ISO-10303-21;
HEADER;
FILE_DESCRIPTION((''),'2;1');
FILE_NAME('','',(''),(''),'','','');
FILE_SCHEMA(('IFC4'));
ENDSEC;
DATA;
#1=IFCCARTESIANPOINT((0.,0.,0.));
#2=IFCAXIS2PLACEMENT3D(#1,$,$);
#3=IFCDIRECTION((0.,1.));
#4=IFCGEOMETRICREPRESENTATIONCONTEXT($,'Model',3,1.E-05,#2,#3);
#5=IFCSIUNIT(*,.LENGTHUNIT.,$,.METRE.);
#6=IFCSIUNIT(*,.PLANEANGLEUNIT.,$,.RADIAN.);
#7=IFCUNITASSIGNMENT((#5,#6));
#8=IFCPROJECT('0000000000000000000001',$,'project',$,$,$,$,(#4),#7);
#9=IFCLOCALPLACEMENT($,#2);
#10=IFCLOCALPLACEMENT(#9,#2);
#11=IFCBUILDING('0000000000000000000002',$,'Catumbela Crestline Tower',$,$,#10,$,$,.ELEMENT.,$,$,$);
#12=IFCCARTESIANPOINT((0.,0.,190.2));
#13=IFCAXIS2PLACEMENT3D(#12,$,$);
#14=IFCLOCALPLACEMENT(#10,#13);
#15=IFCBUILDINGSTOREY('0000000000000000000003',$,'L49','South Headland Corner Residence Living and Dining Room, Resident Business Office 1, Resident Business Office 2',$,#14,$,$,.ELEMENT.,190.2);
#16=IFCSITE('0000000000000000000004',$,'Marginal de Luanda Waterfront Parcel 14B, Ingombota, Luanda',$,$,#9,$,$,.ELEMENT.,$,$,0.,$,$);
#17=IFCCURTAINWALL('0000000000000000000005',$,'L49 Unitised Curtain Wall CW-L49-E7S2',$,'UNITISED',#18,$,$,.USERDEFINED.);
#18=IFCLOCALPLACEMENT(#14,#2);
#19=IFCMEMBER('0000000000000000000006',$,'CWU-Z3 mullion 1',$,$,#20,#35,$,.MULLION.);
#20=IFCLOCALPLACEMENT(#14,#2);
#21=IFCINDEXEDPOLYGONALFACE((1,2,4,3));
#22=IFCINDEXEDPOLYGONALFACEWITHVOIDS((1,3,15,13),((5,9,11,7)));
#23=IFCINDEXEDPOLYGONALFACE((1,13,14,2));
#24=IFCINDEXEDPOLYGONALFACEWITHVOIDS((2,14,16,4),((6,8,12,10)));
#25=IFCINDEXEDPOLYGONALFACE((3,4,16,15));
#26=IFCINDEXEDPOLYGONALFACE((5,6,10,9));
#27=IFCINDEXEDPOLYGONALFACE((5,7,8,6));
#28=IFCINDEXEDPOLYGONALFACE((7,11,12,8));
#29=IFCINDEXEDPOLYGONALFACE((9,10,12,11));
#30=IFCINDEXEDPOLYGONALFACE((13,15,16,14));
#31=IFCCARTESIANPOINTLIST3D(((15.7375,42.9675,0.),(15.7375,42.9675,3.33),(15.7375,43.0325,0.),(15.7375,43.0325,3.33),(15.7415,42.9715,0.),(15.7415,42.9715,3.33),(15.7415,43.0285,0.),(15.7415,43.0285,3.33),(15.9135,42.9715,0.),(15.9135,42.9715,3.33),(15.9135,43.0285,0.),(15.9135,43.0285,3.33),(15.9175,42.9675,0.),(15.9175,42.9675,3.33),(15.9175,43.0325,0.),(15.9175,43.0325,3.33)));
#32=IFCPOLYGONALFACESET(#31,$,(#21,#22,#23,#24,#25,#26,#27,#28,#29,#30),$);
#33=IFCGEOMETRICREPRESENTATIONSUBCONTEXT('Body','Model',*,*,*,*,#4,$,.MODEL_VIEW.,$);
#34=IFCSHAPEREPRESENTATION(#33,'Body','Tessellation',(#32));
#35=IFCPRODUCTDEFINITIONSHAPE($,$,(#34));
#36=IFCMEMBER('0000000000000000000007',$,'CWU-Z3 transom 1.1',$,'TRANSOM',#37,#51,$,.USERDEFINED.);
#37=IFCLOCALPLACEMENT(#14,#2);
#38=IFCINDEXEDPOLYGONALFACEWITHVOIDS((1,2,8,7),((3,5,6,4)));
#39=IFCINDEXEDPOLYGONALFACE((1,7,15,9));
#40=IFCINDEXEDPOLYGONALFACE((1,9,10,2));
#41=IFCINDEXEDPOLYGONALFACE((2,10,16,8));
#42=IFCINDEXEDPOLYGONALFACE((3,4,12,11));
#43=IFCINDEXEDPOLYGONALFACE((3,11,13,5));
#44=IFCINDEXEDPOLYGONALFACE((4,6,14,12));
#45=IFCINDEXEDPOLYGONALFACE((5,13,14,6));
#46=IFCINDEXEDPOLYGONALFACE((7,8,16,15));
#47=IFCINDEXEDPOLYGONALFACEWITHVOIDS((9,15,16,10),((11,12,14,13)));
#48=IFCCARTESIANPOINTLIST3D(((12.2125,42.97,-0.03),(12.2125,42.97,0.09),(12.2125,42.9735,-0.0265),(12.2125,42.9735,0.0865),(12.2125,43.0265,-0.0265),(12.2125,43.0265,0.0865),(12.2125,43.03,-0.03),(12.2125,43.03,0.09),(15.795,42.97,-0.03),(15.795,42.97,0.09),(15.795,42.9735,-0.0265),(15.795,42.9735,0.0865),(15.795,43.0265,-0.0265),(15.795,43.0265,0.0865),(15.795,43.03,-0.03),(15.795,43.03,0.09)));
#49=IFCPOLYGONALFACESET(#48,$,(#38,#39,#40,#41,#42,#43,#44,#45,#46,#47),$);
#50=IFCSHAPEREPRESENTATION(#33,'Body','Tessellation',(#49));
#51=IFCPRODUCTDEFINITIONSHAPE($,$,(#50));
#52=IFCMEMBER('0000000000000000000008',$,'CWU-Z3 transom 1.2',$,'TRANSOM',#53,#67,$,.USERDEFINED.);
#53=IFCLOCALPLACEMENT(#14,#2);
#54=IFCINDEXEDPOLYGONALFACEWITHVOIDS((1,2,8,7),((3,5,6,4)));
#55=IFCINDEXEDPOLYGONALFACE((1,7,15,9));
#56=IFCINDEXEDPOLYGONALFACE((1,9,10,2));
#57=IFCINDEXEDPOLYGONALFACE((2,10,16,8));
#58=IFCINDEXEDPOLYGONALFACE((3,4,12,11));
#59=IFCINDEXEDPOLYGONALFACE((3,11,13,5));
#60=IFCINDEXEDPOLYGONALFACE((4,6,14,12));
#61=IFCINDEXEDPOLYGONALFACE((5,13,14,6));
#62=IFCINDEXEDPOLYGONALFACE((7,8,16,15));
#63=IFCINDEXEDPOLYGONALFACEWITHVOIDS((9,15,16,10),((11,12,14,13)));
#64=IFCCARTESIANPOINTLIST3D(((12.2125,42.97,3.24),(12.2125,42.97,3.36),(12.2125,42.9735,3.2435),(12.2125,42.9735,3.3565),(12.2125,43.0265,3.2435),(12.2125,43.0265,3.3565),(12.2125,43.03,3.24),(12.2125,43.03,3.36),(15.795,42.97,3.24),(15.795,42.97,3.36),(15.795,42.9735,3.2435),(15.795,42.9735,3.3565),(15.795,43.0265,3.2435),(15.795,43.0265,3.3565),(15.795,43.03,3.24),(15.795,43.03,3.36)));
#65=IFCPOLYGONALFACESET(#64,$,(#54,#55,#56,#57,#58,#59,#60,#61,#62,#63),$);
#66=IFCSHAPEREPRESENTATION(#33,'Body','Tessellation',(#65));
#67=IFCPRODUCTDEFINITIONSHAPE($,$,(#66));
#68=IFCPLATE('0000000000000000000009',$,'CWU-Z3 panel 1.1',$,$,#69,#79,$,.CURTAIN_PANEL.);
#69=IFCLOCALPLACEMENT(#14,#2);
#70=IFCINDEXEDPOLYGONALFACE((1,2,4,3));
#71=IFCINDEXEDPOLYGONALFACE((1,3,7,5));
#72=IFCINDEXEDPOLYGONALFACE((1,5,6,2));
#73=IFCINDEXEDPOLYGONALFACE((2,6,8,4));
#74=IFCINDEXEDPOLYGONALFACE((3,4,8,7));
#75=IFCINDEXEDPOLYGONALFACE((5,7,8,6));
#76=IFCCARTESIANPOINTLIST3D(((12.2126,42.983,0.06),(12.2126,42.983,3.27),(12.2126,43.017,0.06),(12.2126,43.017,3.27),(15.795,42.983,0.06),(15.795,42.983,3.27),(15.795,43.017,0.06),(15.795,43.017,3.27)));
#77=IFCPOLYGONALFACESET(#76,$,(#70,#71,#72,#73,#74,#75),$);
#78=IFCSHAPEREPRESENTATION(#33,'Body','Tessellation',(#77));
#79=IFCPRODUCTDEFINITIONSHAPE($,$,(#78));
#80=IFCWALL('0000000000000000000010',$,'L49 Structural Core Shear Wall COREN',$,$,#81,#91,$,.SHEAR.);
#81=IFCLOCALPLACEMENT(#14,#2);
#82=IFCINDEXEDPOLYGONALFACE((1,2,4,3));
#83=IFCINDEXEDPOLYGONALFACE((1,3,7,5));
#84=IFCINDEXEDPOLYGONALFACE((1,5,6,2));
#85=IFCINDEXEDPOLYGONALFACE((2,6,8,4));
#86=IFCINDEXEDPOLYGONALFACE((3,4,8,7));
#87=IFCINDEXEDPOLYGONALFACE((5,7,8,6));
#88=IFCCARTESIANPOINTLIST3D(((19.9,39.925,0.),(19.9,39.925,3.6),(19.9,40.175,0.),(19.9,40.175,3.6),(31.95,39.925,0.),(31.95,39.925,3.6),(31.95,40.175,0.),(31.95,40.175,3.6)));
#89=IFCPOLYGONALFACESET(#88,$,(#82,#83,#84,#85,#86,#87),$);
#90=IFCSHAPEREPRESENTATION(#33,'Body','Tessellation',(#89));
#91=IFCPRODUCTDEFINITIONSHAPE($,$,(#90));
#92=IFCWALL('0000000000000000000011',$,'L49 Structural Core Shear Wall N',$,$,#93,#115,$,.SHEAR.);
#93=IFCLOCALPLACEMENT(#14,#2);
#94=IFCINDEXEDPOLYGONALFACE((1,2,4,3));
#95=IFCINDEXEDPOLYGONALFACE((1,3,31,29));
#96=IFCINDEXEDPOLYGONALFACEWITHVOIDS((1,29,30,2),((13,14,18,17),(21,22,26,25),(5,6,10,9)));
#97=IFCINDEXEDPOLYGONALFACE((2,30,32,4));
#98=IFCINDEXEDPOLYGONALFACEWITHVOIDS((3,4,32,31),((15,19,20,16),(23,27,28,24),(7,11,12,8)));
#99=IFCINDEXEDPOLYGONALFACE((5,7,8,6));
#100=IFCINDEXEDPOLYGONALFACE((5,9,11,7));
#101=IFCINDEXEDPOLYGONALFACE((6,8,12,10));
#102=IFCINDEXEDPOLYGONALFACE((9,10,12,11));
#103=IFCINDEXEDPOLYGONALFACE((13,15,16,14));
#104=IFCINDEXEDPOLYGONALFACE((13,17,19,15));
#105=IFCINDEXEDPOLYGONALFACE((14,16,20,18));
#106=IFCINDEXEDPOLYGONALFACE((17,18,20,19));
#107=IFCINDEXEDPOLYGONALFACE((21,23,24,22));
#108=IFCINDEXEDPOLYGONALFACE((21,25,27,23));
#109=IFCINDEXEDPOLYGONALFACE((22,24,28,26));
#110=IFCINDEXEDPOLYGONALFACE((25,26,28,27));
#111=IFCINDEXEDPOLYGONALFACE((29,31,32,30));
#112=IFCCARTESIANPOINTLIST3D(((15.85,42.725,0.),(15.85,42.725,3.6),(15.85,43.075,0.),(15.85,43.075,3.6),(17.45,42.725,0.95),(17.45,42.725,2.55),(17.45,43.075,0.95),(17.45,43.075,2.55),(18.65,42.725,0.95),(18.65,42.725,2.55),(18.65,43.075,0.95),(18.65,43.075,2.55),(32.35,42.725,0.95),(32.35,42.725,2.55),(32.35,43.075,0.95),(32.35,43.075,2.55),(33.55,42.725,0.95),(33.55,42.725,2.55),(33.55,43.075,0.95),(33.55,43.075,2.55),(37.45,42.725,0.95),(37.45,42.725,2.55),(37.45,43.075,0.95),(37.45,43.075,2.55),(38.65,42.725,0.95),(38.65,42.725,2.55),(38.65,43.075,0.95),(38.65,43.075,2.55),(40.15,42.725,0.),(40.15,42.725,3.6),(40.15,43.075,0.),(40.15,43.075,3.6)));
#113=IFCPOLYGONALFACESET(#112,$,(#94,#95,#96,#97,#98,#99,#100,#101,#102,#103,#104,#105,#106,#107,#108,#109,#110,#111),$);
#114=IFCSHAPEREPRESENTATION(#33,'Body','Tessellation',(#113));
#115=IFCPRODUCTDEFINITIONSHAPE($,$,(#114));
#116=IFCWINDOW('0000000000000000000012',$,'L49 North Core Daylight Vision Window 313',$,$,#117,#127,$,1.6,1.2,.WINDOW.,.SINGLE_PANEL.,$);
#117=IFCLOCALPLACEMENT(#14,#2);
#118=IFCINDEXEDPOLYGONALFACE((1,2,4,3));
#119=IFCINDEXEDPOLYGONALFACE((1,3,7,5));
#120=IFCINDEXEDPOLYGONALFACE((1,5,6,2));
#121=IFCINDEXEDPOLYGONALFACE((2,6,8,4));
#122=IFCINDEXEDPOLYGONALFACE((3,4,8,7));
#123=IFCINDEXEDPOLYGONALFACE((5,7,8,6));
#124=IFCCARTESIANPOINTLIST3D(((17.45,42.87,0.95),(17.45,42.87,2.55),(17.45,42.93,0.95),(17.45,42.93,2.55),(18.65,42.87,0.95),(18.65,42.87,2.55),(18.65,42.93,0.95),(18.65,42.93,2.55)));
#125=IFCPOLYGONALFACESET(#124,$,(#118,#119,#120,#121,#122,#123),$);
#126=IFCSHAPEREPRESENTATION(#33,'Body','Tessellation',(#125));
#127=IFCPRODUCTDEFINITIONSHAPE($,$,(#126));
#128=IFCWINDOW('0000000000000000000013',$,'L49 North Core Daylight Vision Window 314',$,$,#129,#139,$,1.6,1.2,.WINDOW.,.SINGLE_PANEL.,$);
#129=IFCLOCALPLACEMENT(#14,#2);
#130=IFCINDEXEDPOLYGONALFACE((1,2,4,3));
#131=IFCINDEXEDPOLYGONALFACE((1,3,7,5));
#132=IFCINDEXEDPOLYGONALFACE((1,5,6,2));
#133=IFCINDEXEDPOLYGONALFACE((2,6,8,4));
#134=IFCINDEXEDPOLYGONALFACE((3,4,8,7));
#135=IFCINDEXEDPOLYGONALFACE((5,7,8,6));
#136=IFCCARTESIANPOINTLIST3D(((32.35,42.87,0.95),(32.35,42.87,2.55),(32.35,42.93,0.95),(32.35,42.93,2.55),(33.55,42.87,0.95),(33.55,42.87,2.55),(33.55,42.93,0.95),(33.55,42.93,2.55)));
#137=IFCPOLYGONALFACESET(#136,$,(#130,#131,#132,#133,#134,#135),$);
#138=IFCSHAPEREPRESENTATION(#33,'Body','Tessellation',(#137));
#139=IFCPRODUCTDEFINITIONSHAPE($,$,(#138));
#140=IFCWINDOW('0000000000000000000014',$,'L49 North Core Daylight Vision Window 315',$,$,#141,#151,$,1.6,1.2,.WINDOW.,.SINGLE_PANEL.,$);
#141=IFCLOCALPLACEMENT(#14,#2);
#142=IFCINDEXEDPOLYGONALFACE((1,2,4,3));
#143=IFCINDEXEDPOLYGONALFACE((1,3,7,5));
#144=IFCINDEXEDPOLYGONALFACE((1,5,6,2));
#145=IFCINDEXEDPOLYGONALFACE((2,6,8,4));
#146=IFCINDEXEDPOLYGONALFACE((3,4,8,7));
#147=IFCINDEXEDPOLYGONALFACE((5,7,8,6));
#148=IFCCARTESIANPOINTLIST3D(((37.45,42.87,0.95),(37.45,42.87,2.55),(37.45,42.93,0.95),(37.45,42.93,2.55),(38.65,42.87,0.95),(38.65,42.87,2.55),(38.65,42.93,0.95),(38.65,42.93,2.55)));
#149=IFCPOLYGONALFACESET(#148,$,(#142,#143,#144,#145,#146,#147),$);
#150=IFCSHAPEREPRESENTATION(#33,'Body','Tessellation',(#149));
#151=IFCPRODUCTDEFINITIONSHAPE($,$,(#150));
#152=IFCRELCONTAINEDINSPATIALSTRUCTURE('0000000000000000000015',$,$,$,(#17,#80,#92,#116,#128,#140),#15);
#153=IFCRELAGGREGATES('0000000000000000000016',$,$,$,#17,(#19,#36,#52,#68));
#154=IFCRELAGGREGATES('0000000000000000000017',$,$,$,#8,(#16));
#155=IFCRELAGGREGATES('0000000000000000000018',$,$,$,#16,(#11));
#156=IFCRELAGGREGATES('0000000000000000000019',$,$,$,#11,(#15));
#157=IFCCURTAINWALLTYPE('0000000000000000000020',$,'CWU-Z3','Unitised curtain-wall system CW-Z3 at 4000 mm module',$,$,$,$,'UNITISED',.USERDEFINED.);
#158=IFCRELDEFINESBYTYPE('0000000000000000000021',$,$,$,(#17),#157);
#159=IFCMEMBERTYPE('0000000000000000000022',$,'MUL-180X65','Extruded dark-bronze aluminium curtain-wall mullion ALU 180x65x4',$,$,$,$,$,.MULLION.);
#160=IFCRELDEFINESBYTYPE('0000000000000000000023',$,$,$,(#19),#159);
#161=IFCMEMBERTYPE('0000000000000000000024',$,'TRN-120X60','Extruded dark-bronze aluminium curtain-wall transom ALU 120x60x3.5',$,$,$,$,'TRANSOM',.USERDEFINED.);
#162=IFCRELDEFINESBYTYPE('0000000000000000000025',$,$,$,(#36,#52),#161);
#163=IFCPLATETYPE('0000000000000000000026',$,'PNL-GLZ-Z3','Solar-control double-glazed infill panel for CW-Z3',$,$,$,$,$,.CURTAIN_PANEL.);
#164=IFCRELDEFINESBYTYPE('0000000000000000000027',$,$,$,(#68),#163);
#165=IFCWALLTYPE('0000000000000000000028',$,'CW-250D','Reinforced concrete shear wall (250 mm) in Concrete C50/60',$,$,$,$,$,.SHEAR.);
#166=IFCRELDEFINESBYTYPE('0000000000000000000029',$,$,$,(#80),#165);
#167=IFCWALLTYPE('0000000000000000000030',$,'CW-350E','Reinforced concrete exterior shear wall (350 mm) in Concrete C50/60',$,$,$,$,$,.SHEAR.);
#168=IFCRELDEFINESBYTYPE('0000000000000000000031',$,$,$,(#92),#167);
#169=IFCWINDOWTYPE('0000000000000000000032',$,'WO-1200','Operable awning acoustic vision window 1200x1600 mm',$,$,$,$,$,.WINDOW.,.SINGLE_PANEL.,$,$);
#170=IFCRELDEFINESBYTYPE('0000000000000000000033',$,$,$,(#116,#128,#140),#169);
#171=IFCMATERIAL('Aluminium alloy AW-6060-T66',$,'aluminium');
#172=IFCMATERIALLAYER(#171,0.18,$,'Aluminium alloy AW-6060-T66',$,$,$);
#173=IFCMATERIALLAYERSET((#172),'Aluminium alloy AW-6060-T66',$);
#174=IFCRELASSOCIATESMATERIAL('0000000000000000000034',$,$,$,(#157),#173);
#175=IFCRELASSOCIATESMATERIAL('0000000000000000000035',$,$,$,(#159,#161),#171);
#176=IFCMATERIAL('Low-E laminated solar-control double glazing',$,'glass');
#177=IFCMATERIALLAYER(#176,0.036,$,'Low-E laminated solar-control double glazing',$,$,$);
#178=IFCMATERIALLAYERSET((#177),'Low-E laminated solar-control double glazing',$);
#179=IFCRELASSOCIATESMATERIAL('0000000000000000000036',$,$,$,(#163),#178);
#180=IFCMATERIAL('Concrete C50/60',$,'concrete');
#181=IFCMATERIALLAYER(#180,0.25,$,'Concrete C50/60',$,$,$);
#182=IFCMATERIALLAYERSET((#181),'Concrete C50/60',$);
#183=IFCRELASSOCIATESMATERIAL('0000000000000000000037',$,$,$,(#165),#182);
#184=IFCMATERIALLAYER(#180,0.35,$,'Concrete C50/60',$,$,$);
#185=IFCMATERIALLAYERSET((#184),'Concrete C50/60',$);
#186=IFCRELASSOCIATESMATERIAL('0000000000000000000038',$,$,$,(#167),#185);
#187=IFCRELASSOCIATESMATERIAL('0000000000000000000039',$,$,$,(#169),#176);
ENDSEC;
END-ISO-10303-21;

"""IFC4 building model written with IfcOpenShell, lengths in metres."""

from ifc_helpers import new_model, si_unit, direction, frame, frame_2d, origin, origin_2d, place, context, subcontext, project, spatial, rectangle, hollow_rectangle, extrude, material, layer, layer_set, material_profile, profile_set, type_object, element, fill, aggregate, save


model = new_model("IFC4")

# Units and contexts
model_context = context("Model", 3, precision=1e-05, world=origin(), true_north=direction((0.0, 1.0)))
body_context = subcontext(model_context, "Body", "Model", "MODEL_VIEW")
ifc_project = project(units=[si_unit("LENGTHUNIT", "METRE"), si_unit("PLANEANGLEUNIT", "RADIAN")], contexts=[model_context])

# Site, building, storey
site_placement = place(None, origin())
site = spatial("IfcSite", under=ifc_project, at=site_placement, Name="Marginal de Luanda Waterfront Parcel 14B, Ingombota, Luanda", CompositionType="ELEMENT", RefElevation=0.0)
building_placement = place(site_placement, origin())
building = spatial("IfcBuilding", under=site, at=building_placement, Name="Catumbela Crestline Tower", CompositionType="ELEMENT")
storey_placement = place(building_placement, frame((0.0, 0.0, 190.2)))
storey = spatial("IfcBuildingStorey", under=building, at=storey_placement, Name="L49", Description="South Headland Corner Residence Living and Dining Room, Resident Business Office 1, Resident Business Office 2", CompositionType="ELEMENT", Elevation=190.2)

# Curtain wall, members, plate
ifc_material_1 = material(Name="Aluminium alloy AW-6060-T66", Category="aluminium")
ifc_layer_1 = layer(ifc_material_1, 0.18, Name="Aluminium alloy AW-6060-T66")
ifc_layer_set_1 = layer_set([ifc_layer_1], Name="Aluminium alloy AW-6060-T66")
curtain_wall_type = type_object("IfcCurtainWallType", Name="CWU-Z3", Description="Unitised curtain-wall system CW-Z3 at 4000 mm module", ElementType="UNITISED", PredefinedType="USERDEFINED", material=ifc_layer_set_1)
curtain_wall_placement = place(storey_placement, origin())
curtain_wall = element("IfcCurtainWall", 1, at=curtain_wall_placement, inside=storey, type_object=curtain_wall_type, Name="L49 Unitised Curtain Wall CW-L49-E7S2", ObjectType="UNITISED", PredefinedType="USERDEFINED")
ifc_material_profile_1 = material_profile(ifc_material_1, hollow_rectangle(XDim=0.065, YDim=0.18, WallThickness=0.004, at=origin_2d()), Name="ALU 180x65x4")
ifc_profile_set_1 = profile_set([ifc_material_profile_1], Name="Aluminium alloy AW-6060-T66")
member_type_1 = type_object("IfcMemberType", Name="MUL-180X65", Description="Extruded dark-bronze aluminium curtain-wall mullion ALU 180x65x4", PredefinedType="MULLION", material=ifc_profile_set_1)
member_1_placement = place(storey_placement, frame((15.8275, 43.0, 0.0), z_axis=(0.0, 0.0, 1.0), x_axis=(0.0, -1.0, 0.0)))
member_1 = element("IfcMember", 2, at=member_1_placement, type_object=member_type_1, Name="CWU-Z3 mullion 1", PredefinedType="MULLION", context=body_context, shape_type="SweptSolid", body=[
    extrude(hollow_rectangle(XDim=0.065, YDim=0.18, WallThickness=0.004, at=origin_2d()), origin(), (0.0, 0.0, 1.0), 3.33),
])
ifc_material_profile_2 = material_profile(ifc_material_1, hollow_rectangle(XDim=0.06, YDim=0.12, WallThickness=0.0035, at=origin_2d()), Name="ALU 120x60x3.5")
ifc_profile_set_2 = profile_set([ifc_material_profile_2], Name="Aluminium alloy AW-6060-T66")
member_type_2 = type_object("IfcMemberType", Name="TRN-120X60", Description="Extruded dark-bronze aluminium curtain-wall transom ALU 120x60x3.5", ElementType="TRANSOM", PredefinedType="USERDEFINED", material=ifc_profile_set_2)
member_2_placement = place(storey_placement, frame((15.795, 43.0, 0.03), z_axis=(-1.0, 0.0, 0.0), x_axis=(0.0, -1.0, 0.0)))
member_2 = element("IfcMember", 3, at=member_2_placement, type_object=member_type_2, Name="CWU-Z3 transom 1.1", ObjectType="TRANSOM", PredefinedType="USERDEFINED", context=body_context, shape_type="SweptSolid", body=[
    extrude(hollow_rectangle(XDim=0.06, YDim=0.12, WallThickness=0.0035, at=origin_2d()), origin(), (0.0, 0.0, 1.0), 3.5825),
])
member_3_placement = place(storey_placement, frame((15.795, 43.0, 3.3), z_axis=(-1.0, 0.0, 0.0), x_axis=(0.0, -1.0, 0.0)))
member_3 = element("IfcMember", 4, at=member_3_placement, type_object=member_type_2, Name="CWU-Z3 transom 1.2", ObjectType="TRANSOM", PredefinedType="USERDEFINED", context=body_context, shape_type="SweptSolid", body=[
    extrude(hollow_rectangle(XDim=0.06, YDim=0.12, WallThickness=0.0035, at=origin_2d()), origin(), (0.0, 0.0, 1.0), 3.5825),
])
ifc_material_2 = material(Name="Low-E laminated solar-control double glazing", Category="glass")
ifc_layer_2 = layer(ifc_material_2, 0.036, Name="Low-E laminated solar-control double glazing")
ifc_layer_set_2 = layer_set([ifc_layer_2], Name="Low-E laminated solar-control double glazing")
plate_type = type_object("IfcPlateType", Name="PNL-GLZ-Z3", Description="Solar-control double-glazed infill panel for CW-Z3", PredefinedType="CURTAIN_PANEL", material=ifc_layer_set_2)
plate_placement = place(storey_placement, frame((14.0038, 43.0, 0.06), z_axis=(0.0, 0.0, 1.0), x_axis=(-1.0, 0.0, 0.0)))
plate = element("IfcPlate", 5, at=plate_placement, type_object=plate_type, Name="CWU-Z3 panel 1.1", PredefinedType="CURTAIN_PANEL", context=body_context, shape_type="SweptSolid", body=[
    extrude(rectangle(XDim=3.5825, YDim=0.034, at=origin_2d()), origin(), (0.0, 0.0, 1.0), 3.21),
])
aggregate(curtain_wall, [member_1, member_2, member_3, plate])

# Wall
ifc_material_3 = material(Name="Concrete C50/60", Category="concrete")
ifc_layer_3 = layer(ifc_material_3, 0.25, Name="Concrete C50/60")
ifc_layer_set_3 = layer_set([ifc_layer_3], Name="Concrete C50/60")
wall_type_1 = type_object("IfcWallType", Name="CW-250D", Description="Reinforced concrete shear wall (250 mm) in Concrete C50/60", PredefinedType="SHEAR", material=ifc_layer_set_3)
wall_1_placement = place(storey_placement, frame((19.9, 40.05, 0.0), z_axis=(0.0, 0.0, 1.0), x_axis=(1.0, 0.0, 0.0)))
element("IfcWall", 6, at=wall_1_placement, inside=storey, type_object=wall_type_1, Name="L49 Structural Core Shear Wall COREN", PredefinedType="SHEAR", context=body_context, shape_type="SweptSolid", body=[
    extrude(rectangle(XDim=12.05, YDim=0.25, at=frame_2d((6.025, 0.0))), origin(), (0.0, 0.0, 1.0), 3.6),
])

# Wall, openings, windows
ifc_layer_4 = layer(ifc_material_3, 0.35, Name="Concrete C50/60")
ifc_layer_set_4 = layer_set([ifc_layer_4], Name="Concrete C50/60")
wall_type_2 = type_object("IfcWallType", Name="CW-350E", Description="Reinforced concrete exterior shear wall (350 mm) in Concrete C50/60", PredefinedType="SHEAR", material=ifc_layer_set_4)
wall_2_placement = place(storey_placement, frame((15.85, 42.9, 0.0), z_axis=(0.0, 0.0, 1.0), x_axis=(1.0, 0.0, 0.0)))
wall_2 = element("IfcWall", 7, at=wall_2_placement, inside=storey, type_object=wall_type_2, Name="L49 Structural Core Shear Wall N", PredefinedType="SHEAR", context=body_context, shape_type="SweptSolid", body=[
    extrude(rectangle(XDim=24.3, YDim=0.35, at=frame_2d((12.15, 0.0))), origin(), (0.0, 0.0, 1.0), 3.6),
])
opening_1_placement = place(wall_2_placement, frame((1.6, 0.0, 0.95)))
opening_1 = element("IfcOpeningElement", 8, at=opening_1_placement, cuts=wall_2, PredefinedType="OPENING", context=body_context, shape_type="SweptSolid", body=[
    extrude(rectangle(XDim=1.2, YDim=1.6, at=frame_2d((0.6, 0.8))), frame((0.0, 0.185, 0.0), z_axis=(0.0, -1.0, 0.0), x_axis=(1.0, 0.0, 0.0)), (0.0, 0.0, 1.0), 0.37),
])
opening_2_placement = place(wall_2_placement, frame((16.5, 0.0, 0.95)))
opening_2 = element("IfcOpeningElement", 9, at=opening_2_placement, cuts=wall_2, PredefinedType="OPENING", context=body_context, shape_type="SweptSolid", body=[
    extrude(rectangle(XDim=1.2, YDim=1.6, at=frame_2d((0.6, 0.8))), frame((0.0, 0.185, 0.0), z_axis=(0.0, -1.0, 0.0), x_axis=(1.0, 0.0, 0.0)), (0.0, 0.0, 1.0), 0.37),
])
opening_3_placement = place(wall_2_placement, frame((21.6, 0.0, 0.95)))
opening_3 = element("IfcOpeningElement", 10, at=opening_3_placement, cuts=wall_2, PredefinedType="OPENING", context=body_context, shape_type="SweptSolid", body=[
    extrude(rectangle(XDim=1.2, YDim=1.6, at=frame_2d((0.6, 0.8))), frame((0.0, 0.185, 0.0), z_axis=(0.0, -1.0, 0.0), x_axis=(1.0, 0.0, 0.0)), (0.0, 0.0, 1.0), 0.37),
])
window_type = type_object("IfcWindowType", Name="WO-1200", Description="Operable awning acoustic vision window 1200x1600 mm", PartitioningType="SINGLE_PANEL", PredefinedType="WINDOW", material=ifc_material_2)
window_1_placement = place(opening_1_placement, origin())
window_1 = element("IfcWindow", 11, at=window_1_placement, inside=storey, type_object=window_type, Name="L49 North Core Daylight Vision Window 313", OverallHeight=1.6, OverallWidth=1.2, PartitioningType="SINGLE_PANEL", PredefinedType="WINDOW", context=body_context, shape_type="SweptSolid", body=[
    extrude(rectangle(XDim=1.2, YDim=1.6, at=frame_2d((0.6, 0.8))), frame((0.0, 0.03, 0.0), z_axis=(0.0, -1.0, 0.0), x_axis=(1.0, 0.0, 0.0)), (0.0, 0.0, 1.0), 0.06),
])
fill(opening_1, window_1)
window_2_placement = place(opening_2_placement, origin())
window_2 = element("IfcWindow", 12, at=window_2_placement, inside=storey, type_object=window_type, Name="L49 North Core Daylight Vision Window 314", OverallHeight=1.6, OverallWidth=1.2, PartitioningType="SINGLE_PANEL", PredefinedType="WINDOW", context=body_context, shape_type="SweptSolid", body=[
    extrude(rectangle(XDim=1.2, YDim=1.6, at=frame_2d((0.6, 0.8))), frame((0.0, 0.03, 0.0), z_axis=(0.0, -1.0, 0.0), x_axis=(1.0, 0.0, 0.0)), (0.0, 0.0, 1.0), 0.06),
])
fill(opening_2, window_2)
window_3_placement = place(opening_3_placement, origin())
window_3 = element("IfcWindow", 13, at=window_3_placement, inside=storey, type_object=window_type, Name="L49 North Core Daylight Vision Window 315", OverallHeight=1.6, OverallWidth=1.2, PartitioningType="SINGLE_PANEL", PredefinedType="WINDOW", context=body_context, shape_type="SweptSolid", body=[
    extrude(rectangle(XDim=1.2, YDim=1.6, at=frame_2d((0.6, 0.8))), frame((0.0, 0.03, 0.0), z_axis=(0.0, -1.0, 0.0), x_axis=(1.0, 0.0, 0.0)), (0.0, 0.0, 1.0), 0.06),
])
fill(opening_3, window_3)

save(model, "model.ifc")
